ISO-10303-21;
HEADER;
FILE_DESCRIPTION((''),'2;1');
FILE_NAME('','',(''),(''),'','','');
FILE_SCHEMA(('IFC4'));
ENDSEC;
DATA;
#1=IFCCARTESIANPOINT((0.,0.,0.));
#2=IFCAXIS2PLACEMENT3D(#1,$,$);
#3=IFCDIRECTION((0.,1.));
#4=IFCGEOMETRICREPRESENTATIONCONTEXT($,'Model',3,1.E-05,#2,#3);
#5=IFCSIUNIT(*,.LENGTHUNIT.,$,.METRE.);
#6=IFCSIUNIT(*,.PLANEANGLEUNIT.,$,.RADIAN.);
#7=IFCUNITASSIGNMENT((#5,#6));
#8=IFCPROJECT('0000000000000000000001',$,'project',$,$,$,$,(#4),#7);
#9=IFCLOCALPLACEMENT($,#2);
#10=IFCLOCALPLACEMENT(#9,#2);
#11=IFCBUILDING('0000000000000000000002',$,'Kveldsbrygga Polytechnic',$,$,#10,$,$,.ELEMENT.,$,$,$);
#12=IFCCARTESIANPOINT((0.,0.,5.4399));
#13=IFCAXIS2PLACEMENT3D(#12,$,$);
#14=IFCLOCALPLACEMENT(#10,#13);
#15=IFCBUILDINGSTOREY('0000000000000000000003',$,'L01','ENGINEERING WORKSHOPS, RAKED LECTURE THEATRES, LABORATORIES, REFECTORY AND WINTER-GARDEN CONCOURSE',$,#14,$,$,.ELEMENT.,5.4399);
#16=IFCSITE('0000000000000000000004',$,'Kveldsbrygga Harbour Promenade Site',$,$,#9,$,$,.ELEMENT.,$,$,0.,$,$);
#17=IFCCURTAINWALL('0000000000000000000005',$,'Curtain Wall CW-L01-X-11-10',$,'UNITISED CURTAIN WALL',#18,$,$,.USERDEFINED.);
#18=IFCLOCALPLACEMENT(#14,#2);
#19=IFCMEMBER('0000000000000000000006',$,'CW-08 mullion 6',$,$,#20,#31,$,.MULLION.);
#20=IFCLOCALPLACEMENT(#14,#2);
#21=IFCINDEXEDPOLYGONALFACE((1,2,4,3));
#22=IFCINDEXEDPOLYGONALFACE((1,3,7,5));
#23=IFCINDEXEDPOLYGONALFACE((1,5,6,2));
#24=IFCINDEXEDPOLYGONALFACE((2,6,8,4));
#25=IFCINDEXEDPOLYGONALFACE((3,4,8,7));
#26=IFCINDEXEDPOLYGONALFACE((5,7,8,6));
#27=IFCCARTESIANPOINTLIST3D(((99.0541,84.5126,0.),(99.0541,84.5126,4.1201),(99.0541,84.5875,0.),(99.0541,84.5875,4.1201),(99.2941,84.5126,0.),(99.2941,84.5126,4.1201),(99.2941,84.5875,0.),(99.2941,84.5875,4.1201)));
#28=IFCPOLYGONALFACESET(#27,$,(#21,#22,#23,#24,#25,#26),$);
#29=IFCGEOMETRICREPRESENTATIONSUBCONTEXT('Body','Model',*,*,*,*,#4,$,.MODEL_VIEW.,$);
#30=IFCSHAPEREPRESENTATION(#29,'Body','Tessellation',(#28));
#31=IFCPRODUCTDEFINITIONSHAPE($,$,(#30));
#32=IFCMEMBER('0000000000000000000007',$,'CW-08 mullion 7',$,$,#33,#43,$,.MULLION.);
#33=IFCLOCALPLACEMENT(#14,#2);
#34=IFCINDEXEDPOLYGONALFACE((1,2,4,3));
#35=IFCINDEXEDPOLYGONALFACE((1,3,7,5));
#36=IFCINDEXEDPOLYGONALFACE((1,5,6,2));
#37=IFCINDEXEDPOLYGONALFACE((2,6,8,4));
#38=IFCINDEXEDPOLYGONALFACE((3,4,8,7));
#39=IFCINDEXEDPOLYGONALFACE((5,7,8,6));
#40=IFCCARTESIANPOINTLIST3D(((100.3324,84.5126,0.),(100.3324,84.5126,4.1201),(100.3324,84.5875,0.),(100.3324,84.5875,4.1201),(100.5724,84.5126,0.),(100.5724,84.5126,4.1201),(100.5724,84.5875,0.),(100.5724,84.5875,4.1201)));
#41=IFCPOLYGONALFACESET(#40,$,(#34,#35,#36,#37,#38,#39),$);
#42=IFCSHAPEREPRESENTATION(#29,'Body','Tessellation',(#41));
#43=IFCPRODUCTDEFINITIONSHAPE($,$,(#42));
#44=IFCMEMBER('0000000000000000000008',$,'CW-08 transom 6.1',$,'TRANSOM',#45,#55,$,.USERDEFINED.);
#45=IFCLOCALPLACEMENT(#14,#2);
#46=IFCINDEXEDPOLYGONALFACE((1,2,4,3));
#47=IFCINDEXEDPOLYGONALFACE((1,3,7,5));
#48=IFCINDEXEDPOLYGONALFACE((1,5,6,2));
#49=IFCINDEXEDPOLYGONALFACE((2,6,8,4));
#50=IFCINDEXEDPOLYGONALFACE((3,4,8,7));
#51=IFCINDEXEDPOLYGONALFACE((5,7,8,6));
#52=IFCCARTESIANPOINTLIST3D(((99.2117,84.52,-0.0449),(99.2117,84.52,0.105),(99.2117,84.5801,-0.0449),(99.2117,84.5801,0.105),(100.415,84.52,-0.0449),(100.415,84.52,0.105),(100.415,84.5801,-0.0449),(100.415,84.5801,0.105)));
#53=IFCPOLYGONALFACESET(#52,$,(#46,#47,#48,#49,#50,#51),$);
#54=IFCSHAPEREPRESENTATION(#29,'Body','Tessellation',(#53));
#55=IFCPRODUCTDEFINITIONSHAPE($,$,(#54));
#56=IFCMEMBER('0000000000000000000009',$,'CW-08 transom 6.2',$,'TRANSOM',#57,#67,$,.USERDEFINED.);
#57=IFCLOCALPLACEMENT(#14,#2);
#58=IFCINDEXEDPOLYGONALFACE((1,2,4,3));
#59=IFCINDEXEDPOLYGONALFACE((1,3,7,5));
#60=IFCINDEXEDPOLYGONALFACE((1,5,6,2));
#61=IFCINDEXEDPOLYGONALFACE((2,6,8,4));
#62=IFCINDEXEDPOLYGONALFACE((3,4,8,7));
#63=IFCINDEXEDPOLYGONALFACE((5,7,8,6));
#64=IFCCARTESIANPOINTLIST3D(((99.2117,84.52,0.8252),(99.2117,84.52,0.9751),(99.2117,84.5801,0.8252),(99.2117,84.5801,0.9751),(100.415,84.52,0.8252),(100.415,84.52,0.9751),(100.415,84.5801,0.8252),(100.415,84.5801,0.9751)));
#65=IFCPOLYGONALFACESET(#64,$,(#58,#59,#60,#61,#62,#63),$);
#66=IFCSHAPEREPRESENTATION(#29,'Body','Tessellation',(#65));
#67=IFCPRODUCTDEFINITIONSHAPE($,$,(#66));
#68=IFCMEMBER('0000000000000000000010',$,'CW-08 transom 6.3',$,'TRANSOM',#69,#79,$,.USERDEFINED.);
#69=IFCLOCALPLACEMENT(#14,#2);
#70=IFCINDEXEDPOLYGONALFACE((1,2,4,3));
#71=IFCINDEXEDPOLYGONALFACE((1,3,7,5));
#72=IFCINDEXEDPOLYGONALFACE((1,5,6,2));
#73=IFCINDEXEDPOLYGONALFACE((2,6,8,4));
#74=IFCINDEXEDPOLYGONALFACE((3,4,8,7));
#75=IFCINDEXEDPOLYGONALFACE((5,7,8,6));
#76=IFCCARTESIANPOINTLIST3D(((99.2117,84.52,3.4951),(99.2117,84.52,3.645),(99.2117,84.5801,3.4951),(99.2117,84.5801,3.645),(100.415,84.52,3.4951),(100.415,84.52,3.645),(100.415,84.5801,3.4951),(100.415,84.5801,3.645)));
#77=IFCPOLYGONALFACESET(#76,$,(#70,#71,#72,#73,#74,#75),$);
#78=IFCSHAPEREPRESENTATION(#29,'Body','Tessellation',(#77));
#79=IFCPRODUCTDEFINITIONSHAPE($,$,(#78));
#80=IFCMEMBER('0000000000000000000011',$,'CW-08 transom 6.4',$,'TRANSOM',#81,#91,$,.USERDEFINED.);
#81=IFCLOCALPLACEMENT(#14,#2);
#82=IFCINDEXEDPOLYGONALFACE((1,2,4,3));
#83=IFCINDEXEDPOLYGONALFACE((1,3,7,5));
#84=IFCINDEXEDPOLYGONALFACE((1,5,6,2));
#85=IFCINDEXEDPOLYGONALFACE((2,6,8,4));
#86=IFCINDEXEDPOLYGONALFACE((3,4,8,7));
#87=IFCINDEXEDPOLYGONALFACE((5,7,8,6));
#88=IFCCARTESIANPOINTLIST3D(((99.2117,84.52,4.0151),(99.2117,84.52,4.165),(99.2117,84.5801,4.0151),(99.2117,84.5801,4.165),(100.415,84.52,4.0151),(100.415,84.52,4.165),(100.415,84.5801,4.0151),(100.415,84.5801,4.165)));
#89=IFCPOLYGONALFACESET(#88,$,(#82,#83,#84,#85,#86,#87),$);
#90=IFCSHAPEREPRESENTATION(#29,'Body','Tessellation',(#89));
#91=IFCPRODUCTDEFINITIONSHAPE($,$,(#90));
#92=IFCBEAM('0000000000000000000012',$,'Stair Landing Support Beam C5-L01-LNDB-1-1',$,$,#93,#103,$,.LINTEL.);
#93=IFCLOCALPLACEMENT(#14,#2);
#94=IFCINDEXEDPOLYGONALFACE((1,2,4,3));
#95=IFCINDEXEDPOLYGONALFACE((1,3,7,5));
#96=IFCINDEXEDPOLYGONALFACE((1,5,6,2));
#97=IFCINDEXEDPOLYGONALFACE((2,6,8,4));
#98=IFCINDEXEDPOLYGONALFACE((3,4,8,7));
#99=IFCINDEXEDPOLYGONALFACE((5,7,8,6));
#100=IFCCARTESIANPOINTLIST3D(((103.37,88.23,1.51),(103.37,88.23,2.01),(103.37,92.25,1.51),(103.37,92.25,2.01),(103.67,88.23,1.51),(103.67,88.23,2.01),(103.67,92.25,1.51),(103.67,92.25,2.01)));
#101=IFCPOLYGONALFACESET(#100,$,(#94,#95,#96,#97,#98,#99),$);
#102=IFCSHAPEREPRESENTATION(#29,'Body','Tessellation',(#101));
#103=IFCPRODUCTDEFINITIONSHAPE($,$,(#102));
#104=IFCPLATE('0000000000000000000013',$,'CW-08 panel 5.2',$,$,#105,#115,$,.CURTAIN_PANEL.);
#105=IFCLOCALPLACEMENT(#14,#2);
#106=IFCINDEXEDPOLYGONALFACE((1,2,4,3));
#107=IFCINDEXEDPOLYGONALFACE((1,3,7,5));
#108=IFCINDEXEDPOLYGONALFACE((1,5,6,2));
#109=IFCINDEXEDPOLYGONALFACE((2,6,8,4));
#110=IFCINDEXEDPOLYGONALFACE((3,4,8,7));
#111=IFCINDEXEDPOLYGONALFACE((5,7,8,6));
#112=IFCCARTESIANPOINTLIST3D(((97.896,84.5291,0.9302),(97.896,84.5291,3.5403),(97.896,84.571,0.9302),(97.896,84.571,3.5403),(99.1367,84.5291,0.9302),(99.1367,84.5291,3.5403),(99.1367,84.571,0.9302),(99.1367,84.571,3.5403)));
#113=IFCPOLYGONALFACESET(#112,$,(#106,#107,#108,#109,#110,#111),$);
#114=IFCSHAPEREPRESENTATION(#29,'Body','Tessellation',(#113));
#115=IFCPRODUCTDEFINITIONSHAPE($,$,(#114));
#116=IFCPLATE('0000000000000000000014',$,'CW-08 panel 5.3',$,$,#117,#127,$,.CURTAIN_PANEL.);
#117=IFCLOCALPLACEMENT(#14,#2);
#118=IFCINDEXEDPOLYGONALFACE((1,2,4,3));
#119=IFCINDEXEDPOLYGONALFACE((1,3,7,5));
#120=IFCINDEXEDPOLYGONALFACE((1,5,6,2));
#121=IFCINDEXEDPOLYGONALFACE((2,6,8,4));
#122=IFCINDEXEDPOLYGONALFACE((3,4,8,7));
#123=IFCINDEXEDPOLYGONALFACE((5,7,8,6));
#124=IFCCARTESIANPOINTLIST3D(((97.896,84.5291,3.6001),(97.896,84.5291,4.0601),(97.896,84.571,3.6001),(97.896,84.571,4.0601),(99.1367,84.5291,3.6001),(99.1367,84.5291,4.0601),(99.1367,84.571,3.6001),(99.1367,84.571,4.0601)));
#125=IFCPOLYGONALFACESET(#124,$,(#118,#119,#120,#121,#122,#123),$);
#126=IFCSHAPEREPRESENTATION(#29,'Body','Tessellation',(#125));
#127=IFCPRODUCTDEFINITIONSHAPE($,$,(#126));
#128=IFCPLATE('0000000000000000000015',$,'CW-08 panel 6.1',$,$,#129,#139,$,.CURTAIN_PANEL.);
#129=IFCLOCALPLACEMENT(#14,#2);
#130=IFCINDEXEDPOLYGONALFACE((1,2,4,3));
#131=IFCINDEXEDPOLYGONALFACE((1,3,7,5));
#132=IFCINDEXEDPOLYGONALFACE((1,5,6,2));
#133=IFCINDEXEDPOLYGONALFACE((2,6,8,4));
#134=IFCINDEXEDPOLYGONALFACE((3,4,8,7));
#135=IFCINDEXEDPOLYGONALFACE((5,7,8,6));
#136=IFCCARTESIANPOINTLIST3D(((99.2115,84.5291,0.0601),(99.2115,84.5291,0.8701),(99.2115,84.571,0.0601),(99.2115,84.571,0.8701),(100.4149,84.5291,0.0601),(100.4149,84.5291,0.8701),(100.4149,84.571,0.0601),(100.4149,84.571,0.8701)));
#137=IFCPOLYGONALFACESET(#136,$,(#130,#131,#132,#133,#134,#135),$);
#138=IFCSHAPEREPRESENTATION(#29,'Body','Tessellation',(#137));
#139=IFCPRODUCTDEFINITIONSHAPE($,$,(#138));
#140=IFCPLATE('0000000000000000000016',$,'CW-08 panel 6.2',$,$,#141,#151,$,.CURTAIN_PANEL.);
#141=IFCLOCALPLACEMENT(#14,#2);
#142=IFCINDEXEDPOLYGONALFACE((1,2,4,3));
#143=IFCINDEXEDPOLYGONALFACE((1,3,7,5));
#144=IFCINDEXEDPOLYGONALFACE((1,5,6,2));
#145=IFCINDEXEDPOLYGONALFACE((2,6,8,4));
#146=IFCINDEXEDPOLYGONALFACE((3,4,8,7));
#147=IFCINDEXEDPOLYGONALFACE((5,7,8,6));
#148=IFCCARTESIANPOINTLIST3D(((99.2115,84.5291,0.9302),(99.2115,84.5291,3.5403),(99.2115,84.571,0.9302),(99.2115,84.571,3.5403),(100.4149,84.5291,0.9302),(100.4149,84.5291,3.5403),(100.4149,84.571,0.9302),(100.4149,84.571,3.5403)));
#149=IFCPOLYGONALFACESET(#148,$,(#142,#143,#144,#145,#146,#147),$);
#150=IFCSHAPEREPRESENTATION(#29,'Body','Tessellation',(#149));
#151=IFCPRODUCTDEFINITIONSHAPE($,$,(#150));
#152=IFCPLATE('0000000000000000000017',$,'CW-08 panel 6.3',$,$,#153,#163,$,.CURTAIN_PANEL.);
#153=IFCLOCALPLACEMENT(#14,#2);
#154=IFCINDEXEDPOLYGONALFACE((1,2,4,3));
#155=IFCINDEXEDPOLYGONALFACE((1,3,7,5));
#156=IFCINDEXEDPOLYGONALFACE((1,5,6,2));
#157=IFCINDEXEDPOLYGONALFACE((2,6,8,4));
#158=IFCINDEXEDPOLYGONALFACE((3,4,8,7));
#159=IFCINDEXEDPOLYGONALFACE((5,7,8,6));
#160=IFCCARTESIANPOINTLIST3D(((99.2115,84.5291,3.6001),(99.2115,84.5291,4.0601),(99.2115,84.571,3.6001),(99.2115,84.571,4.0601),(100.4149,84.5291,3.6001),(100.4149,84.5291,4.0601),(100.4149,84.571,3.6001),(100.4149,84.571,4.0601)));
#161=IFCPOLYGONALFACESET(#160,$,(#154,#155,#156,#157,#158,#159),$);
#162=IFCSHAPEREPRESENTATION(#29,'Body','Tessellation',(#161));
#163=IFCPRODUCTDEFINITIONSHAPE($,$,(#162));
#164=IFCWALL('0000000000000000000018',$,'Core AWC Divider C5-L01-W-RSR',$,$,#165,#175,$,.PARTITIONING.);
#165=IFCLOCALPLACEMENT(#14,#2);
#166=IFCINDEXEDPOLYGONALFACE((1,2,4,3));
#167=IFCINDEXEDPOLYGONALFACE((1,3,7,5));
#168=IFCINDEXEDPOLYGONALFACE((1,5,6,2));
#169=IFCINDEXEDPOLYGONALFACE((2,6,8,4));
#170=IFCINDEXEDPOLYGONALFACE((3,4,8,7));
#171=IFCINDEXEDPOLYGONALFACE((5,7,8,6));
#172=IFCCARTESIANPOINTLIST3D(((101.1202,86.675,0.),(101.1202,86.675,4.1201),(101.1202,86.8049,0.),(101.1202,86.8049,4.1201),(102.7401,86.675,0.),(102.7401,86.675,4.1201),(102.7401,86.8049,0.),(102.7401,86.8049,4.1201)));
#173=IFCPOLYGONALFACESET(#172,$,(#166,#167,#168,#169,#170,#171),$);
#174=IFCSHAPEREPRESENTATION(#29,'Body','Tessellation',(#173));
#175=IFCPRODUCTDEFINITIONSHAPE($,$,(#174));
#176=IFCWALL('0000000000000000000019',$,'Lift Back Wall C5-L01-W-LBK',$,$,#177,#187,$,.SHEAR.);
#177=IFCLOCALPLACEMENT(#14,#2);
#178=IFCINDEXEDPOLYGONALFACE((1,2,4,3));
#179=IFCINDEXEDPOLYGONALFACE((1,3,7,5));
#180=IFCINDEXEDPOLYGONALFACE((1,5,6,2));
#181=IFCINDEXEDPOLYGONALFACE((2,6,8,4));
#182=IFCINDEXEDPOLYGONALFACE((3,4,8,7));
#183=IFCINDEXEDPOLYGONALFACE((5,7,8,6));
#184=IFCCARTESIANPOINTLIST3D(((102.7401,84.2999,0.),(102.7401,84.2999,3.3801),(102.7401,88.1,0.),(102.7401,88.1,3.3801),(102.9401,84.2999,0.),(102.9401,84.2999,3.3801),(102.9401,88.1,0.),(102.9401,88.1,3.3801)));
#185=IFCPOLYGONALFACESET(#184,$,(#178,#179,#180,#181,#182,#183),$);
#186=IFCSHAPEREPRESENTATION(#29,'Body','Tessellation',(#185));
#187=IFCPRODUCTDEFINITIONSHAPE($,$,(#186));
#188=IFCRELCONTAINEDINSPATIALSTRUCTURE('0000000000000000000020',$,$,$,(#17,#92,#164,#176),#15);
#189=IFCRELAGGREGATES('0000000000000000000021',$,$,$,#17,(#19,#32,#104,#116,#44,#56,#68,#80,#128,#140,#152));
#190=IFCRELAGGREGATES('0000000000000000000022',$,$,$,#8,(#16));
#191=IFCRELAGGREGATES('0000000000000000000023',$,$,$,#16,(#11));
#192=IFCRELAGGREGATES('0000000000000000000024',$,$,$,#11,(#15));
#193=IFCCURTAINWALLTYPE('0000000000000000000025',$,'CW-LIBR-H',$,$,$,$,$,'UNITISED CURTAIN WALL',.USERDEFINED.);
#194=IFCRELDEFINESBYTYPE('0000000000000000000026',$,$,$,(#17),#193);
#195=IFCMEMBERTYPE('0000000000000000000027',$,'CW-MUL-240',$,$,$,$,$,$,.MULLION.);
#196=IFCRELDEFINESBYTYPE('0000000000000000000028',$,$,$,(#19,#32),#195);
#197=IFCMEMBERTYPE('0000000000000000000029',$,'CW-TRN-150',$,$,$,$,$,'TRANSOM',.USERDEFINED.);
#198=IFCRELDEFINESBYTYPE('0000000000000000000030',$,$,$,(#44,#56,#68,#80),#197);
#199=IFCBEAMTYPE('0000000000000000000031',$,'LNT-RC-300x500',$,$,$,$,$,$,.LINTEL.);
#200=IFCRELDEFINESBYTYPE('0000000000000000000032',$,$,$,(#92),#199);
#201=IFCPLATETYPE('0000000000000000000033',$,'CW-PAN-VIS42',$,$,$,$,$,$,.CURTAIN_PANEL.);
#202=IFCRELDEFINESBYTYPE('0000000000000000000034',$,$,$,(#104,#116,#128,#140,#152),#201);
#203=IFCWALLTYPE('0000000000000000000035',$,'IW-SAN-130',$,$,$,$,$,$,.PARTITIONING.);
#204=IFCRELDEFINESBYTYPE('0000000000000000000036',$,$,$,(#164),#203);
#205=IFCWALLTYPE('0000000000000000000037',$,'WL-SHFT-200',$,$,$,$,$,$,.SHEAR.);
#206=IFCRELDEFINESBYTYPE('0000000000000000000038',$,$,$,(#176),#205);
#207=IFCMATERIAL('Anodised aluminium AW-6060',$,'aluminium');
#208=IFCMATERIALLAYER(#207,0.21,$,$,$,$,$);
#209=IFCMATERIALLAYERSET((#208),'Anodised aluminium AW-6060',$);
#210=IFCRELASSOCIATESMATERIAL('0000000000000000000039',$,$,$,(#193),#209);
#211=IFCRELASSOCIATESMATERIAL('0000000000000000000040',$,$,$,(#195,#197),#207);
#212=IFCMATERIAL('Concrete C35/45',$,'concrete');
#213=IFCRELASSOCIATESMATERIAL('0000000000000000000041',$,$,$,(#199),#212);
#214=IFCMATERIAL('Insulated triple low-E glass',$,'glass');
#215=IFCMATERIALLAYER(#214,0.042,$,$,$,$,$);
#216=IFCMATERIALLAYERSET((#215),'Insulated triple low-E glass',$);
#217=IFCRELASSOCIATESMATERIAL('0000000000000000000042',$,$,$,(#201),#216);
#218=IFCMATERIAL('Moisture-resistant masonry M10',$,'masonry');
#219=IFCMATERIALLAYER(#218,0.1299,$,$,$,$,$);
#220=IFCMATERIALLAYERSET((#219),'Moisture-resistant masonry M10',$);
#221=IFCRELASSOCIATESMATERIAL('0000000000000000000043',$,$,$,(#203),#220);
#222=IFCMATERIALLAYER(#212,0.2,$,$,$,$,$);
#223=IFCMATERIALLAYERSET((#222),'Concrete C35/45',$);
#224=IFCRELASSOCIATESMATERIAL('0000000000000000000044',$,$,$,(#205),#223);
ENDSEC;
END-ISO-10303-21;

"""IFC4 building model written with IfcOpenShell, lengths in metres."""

from ifc_helpers import new_model, si_unit, direction, frame, frame_2d, origin, origin_2d, place, context, subcontext, project, spatial, rectangle, extrude, material, layer, layer_set, material_profile, profile_set, type_object, element, aggregate, save


model = new_model("IFC4")

# Units and contexts
model_context = context("Model", 3, precision=1e-05, world=origin(), true_north=direction((0.0, 1.0)))
body_context = subcontext(model_context, "Body", "Model", "MODEL_VIEW")
ifc_project = project(units=[si_unit("LENGTHUNIT", "METRE"), si_unit("PLANEANGLEUNIT", "RADIAN")], contexts=[model_context])

# Site, building, storey
site_placement = place(None, origin())
site = spatial("IfcSite", under=ifc_project, at=site_placement, Name="Kveldsbrygga Harbour Promenade Site", CompositionType="ELEMENT", RefElevation=0.0)
building_placement = place(site_placement, origin())
building = spatial("IfcBuilding", under=site, at=building_placement, Name="Kveldsbrygga Polytechnic", CompositionType="ELEMENT")
storey_placement = place(building_placement, frame((0.0, 0.0, 5.4399)))
storey = spatial("IfcBuildingStorey", under=building, at=storey_placement, Name="L01", Description="ENGINEERING WORKSHOPS, RAKED LECTURE THEATRES, LABORATORIES, REFECTORY AND WINTER-GARDEN CONCOURSE", CompositionType="ELEMENT", Elevation=5.4399)

# Curtain wall, members
ifc_material_1 = material(Name="Anodised aluminium AW-6060", Category="aluminium")
ifc_layer_1 = layer(ifc_material_1, 0.21)
ifc_layer_set_1 = layer_set([ifc_layer_1], Name="Anodised aluminium AW-6060")
curtain_wall_type = type_object("IfcCurtainWallType", Name="CW-LIBR-H", ElementType="UNITISED CURTAIN WALL", PredefinedType="USERDEFINED", material=ifc_layer_set_1)
curtain_wall_placement = place(storey_placement, origin())
curtain_wall = element("IfcCurtainWall", 1, at=curtain_wall_placement, inside=storey, type_object=curtain_wall_type, Name="Curtain Wall CW-L01-X-11-10", ObjectType="UNITISED CURTAIN WALL", PredefinedType="USERDEFINED")
ifc_material_profile_1 = material_profile(ifc_material_1, rectangle(XDim=0.075, YDim=0.24, at=origin_2d()), Name="ALU 75x240")
ifc_profile_set_1 = profile_set([ifc_material_profile_1], Name="Anodised aluminium AW-6060")
member_type_1 = type_object("IfcMemberType", Name="CW-MUL-240", PredefinedType="MULLION", material=ifc_profile_set_1)
member_1_placement = place(storey_placement, frame((99.1741, 84.55, 0.0), z_axis=(0.0, 0.0, 1.0), x_axis=(0.0, 1.0, 0.0)))
member_1 = element("IfcMember", 2, at=member_1_placement, type_object=member_type_1, Name="CW-08 mullion 6", PredefinedType="MULLION", context=body_context, shape_type="SweptSolid", body=[
    extrude(rectangle(XDim=0.075, YDim=0.24, at=origin_2d()), origin(), (0.0, 0.0, 1.0), 4.1201),
])
member_2_placement = place(storey_placement, frame((100.4524, 84.55, 0.0), z_axis=(0.0, 0.0, 1.0), x_axis=(0.0, 1.0, 0.0)))
member_2 = element("IfcMember", 3, at=member_2_placement, type_object=member_type_1, Name="CW-08 mullion 7", PredefinedType="MULLION", context=body_context, shape_type="SweptSolid", body=[
    extrude(rectangle(XDim=0.075, YDim=0.24, at=origin_2d()), origin(), (0.0, 0.0, 1.0), 4.1201),
])
ifc_material_profile_2 = material_profile(ifc_material_1, rectangle(XDim=0.0601, YDim=0.1499, at=origin_2d()), Name="ALU 60x150")
ifc_profile_set_2 = profile_set([ifc_material_profile_2], Name="Anodised aluminium AW-6060")
member_type_2 = type_object("IfcMemberType", Name="CW-TRN-150", ElementType="TRANSOM", PredefinedType="USERDEFINED", material=ifc_profile_set_2)
member_3_placement = place(storey_placement, frame((99.2117, 84.55, 0.03), z_axis=(1.0, 0.0, 0.0), x_axis=(0.0, 1.0, 0.0)))
member_3 = element("IfcMember", 4, at=member_3_placement, type_object=member_type_2, Name="CW-08 transom 6.1", ObjectType="TRANSOM", PredefinedType="USERDEFINED", context=body_context, shape_type="SweptSolid", body=[
    extrude(rectangle(XDim=0.0601, YDim=0.1499, at=origin_2d()), origin(), (0.0, 0.0, 1.0), 1.2034),
])
member_4_placement = place(storey_placement, frame((99.2117, 84.55, 0.9001), z_axis=(1.0, 0.0, 0.0), x_axis=(0.0, 1.0, 0.0)))
member_4 = element("IfcMember", 5, at=member_4_placement, type_object=member_type_2, Name="CW-08 transom 6.2", ObjectType="TRANSOM", PredefinedType="USERDEFINED", context=body_context, shape_type="SweptSolid", body=[
    extrude(rectangle(XDim=0.0601, YDim=0.1499, at=origin_2d()), origin(), (0.0, 0.0, 1.0), 1.2034),
])
member_5_placement = place(storey_placement, frame((99.2117, 84.55, 3.5701), z_axis=(1.0, 0.0, 0.0), x_axis=(0.0, 1.0, 0.0)))
member_5 = element("IfcMember", 6, at=member_5_placement, type_object=member_type_2, Name="CW-08 transom 6.3", ObjectType="TRANSOM", PredefinedType="USERDEFINED", context=body_context, shape_type="SweptSolid", body=[
    extrude(rectangle(XDim=0.0601, YDim=0.1499, at=origin_2d()), origin(), (0.0, 0.0, 1.0), 1.2034),
])
member_6_placement = place(storey_placement, frame((99.2117, 84.55, 4.0901), z_axis=(1.0, 0.0, 0.0), x_axis=(0.0, 1.0, 0.0)))
member_6 = element("IfcMember", 7, at=member_6_placement, type_object=member_type_2, Name="CW-08 transom 6.4", ObjectType="TRANSOM", PredefinedType="USERDEFINED", context=body_context, shape_type="SweptSolid", body=[
    extrude(rectangle(XDim=0.0601, YDim=0.1499, at=origin_2d()), origin(), (0.0, 0.0, 1.0), 1.2034),
])

# Beam
ifc_material_2 = material(Name="Concrete C35/45", Category="concrete")
ifc_material_profile_3 = material_profile(ifc_material_2, rectangle(XDim=0.3, YDim=0.5, at=origin_2d()), Name="RC 300x500")
ifc_profile_set_3 = profile_set([ifc_material_profile_3], Name="Concrete C35/45")
beam_type = type_object("IfcBeamType", Name="LNT-RC-300x500", PredefinedType="LINTEL", material=ifc_profile_set_3)
beam_placement = place(storey_placement, frame((103.52, 88.23, 1.76), z_axis=(0.0, 1.0, 0.0), x_axis=(-1.0, 0.0, 0.0)))
element("IfcBeam", 8, at=beam_placement, inside=storey, type_object=beam_type, Name="Stair Landing Support Beam C5-L01-LNDB-1-1", PredefinedType="LINTEL", context=body_context, shape_type="SweptSolid", body=[
    extrude(rectangle(XDim=0.3, YDim=0.5, at=origin_2d()), origin(), (0.0, 0.0, 1.0), 4.02),
])

# Plates
ifc_material_3 = material(Name="Insulated triple low-E glass", Category="glass")
ifc_layer_2 = layer(ifc_material_3, 0.042)
ifc_layer_set_2 = layer_set([ifc_layer_2], Name="Insulated triple low-E glass")
plate_type = type_object("IfcPlateType", Name="CW-PAN-VIS42", PredefinedType="CURTAIN_PANEL", material=ifc_layer_set_2)
plate_1_placement = place(storey_placement, frame((98.5164, 84.55, 0.9302), z_axis=(0.0, 0.0, 1.0), x_axis=(1.0, 0.0, 0.0)))
plate_1 = element("IfcPlate", 9, at=plate_1_placement, type_object=plate_type, Name="CW-08 panel 5.2", PredefinedType="CURTAIN_PANEL", context=body_context, shape_type="SweptSolid", body=[
    extrude(rectangle(XDim=1.2407, YDim=0.042, at=origin_2d()), origin(), (0.0, 0.0, 1.0), 2.6101),
])
plate_2_placement = place(storey_placement, frame((98.5164, 84.55, 3.6001), z_axis=(0.0, 0.0, 1.0), x_axis=(1.0, 0.0, 0.0)))
plate_2 = element("IfcPlate", 10, at=plate_2_placement, type_object=plate_type, Name="CW-08 panel 5.3", PredefinedType="CURTAIN_PANEL", context=body_context, shape_type="SweptSolid", body=[
    extrude(rectangle(XDim=1.2407, YDim=0.042, at=origin_2d()), origin(), (0.0, 0.0, 1.0), 0.46),
])
plate_3_placement = place(storey_placement, frame((99.8132, 84.55, 0.0601), z_axis=(0.0, 0.0, 1.0), x_axis=(1.0, 0.0, 0.0)))
plate_3 = element("IfcPlate", 11, at=plate_3_placement, type_object=plate_type, Name="CW-08 panel 6.1", PredefinedType="CURTAIN_PANEL", context=body_context, shape_type="SweptSolid", body=[
    extrude(rectangle(XDim=1.2034, YDim=0.042, at=origin_2d()), origin(), (0.0, 0.0, 1.0), 0.8101),
])
plate_4_placement = place(storey_placement, frame((99.8132, 84.55, 0.9302), z_axis=(0.0, 0.0, 1.0), x_axis=(1.0, 0.0, 0.0)))
plate_4 = element("IfcPlate", 12, at=plate_4_placement, type_object=plate_type, Name="CW-08 panel 6.2", PredefinedType="CURTAIN_PANEL", context=body_context, shape_type="SweptSolid", body=[
    extrude(rectangle(XDim=1.2034, YDim=0.042, at=origin_2d()), origin(), (0.0, 0.0, 1.0), 2.6101),
])
plate_5_placement = place(storey_placement, frame((99.8132, 84.55, 3.6001), z_axis=(0.0, 0.0, 1.0), x_axis=(1.0, 0.0, 0.0)))
plate_5 = element("IfcPlate", 13, at=plate_5_placement, type_object=plate_type, Name="CW-08 panel 6.3", PredefinedType="CURTAIN_PANEL", context=body_context, shape_type="SweptSolid", body=[
    extrude(rectangle(XDim=1.2034, YDim=0.042, at=origin_2d()), origin(), (0.0, 0.0, 1.0), 0.46),
])
aggregate(curtain_wall, [member_1, member_2, plate_1, plate_2, member_3, member_4, member_5, member_6, plate_3, plate_4, plate_5])

# Wall
ifc_material_4 = material(Name="Moisture-resistant masonry M10", Category="masonry")
ifc_layer_3 = layer(ifc_material_4, 0.1299)
ifc_layer_set_3 = layer_set([ifc_layer_3], Name="Moisture-resistant masonry M10")
wall_type_1 = type_object("IfcWallType", Name="IW-SAN-130", PredefinedType="PARTITIONING", material=ifc_layer_set_3)
wall_1_placement = place(storey_placement, frame((101.1201, 86.74, 0.0), z_axis=(0.0, 0.0, 1.0), x_axis=(1.0, 0.0, 0.0)))
element("IfcWall", 14, at=wall_1_placement, inside=storey, type_object=wall_type_1, Name="Core AWC Divider C5-L01-W-RSR", PredefinedType="PARTITIONING", context=body_context, shape_type="SweptSolid", body=[
    extrude(rectangle(XDim=1.6199, YDim=0.1299, at=frame_2d((0.8101, 0.0))), origin(), (0.0, 0.0, 1.0), 4.1201),
])

# Shared definitions
ifc_layer_4 = layer(ifc_material_2, 0.2)
ifc_layer_set_4 = layer_set([ifc_layer_4], Name="Concrete C35/45")
wall_type_2 = type_object("IfcWallType", Name="WL-SHFT-200", PredefinedType="SHEAR", material=ifc_layer_set_4)

# Wall
wall_2_placement = place(storey_placement, frame((102.8401, 84.3, 0.0), z_axis=(0.0, 0.0, 1.0), x_axis=(0.0, 1.0, 0.0)))
element("IfcWall", 15, at=wall_2_placement, inside=storey, type_object=wall_type_2, Name="Lift Back Wall C5-L01-W-LBK", PredefinedType="SHEAR", context=body_context, shape_type="SweptSolid", body=[
    extrude(rectangle(XDim=3.8, YDim=0.2, at=frame_2d((1.8999, 0.0))), origin(), (0.0, 0.0, 1.0), 3.3801),
])

save(model, "model.ifc")
